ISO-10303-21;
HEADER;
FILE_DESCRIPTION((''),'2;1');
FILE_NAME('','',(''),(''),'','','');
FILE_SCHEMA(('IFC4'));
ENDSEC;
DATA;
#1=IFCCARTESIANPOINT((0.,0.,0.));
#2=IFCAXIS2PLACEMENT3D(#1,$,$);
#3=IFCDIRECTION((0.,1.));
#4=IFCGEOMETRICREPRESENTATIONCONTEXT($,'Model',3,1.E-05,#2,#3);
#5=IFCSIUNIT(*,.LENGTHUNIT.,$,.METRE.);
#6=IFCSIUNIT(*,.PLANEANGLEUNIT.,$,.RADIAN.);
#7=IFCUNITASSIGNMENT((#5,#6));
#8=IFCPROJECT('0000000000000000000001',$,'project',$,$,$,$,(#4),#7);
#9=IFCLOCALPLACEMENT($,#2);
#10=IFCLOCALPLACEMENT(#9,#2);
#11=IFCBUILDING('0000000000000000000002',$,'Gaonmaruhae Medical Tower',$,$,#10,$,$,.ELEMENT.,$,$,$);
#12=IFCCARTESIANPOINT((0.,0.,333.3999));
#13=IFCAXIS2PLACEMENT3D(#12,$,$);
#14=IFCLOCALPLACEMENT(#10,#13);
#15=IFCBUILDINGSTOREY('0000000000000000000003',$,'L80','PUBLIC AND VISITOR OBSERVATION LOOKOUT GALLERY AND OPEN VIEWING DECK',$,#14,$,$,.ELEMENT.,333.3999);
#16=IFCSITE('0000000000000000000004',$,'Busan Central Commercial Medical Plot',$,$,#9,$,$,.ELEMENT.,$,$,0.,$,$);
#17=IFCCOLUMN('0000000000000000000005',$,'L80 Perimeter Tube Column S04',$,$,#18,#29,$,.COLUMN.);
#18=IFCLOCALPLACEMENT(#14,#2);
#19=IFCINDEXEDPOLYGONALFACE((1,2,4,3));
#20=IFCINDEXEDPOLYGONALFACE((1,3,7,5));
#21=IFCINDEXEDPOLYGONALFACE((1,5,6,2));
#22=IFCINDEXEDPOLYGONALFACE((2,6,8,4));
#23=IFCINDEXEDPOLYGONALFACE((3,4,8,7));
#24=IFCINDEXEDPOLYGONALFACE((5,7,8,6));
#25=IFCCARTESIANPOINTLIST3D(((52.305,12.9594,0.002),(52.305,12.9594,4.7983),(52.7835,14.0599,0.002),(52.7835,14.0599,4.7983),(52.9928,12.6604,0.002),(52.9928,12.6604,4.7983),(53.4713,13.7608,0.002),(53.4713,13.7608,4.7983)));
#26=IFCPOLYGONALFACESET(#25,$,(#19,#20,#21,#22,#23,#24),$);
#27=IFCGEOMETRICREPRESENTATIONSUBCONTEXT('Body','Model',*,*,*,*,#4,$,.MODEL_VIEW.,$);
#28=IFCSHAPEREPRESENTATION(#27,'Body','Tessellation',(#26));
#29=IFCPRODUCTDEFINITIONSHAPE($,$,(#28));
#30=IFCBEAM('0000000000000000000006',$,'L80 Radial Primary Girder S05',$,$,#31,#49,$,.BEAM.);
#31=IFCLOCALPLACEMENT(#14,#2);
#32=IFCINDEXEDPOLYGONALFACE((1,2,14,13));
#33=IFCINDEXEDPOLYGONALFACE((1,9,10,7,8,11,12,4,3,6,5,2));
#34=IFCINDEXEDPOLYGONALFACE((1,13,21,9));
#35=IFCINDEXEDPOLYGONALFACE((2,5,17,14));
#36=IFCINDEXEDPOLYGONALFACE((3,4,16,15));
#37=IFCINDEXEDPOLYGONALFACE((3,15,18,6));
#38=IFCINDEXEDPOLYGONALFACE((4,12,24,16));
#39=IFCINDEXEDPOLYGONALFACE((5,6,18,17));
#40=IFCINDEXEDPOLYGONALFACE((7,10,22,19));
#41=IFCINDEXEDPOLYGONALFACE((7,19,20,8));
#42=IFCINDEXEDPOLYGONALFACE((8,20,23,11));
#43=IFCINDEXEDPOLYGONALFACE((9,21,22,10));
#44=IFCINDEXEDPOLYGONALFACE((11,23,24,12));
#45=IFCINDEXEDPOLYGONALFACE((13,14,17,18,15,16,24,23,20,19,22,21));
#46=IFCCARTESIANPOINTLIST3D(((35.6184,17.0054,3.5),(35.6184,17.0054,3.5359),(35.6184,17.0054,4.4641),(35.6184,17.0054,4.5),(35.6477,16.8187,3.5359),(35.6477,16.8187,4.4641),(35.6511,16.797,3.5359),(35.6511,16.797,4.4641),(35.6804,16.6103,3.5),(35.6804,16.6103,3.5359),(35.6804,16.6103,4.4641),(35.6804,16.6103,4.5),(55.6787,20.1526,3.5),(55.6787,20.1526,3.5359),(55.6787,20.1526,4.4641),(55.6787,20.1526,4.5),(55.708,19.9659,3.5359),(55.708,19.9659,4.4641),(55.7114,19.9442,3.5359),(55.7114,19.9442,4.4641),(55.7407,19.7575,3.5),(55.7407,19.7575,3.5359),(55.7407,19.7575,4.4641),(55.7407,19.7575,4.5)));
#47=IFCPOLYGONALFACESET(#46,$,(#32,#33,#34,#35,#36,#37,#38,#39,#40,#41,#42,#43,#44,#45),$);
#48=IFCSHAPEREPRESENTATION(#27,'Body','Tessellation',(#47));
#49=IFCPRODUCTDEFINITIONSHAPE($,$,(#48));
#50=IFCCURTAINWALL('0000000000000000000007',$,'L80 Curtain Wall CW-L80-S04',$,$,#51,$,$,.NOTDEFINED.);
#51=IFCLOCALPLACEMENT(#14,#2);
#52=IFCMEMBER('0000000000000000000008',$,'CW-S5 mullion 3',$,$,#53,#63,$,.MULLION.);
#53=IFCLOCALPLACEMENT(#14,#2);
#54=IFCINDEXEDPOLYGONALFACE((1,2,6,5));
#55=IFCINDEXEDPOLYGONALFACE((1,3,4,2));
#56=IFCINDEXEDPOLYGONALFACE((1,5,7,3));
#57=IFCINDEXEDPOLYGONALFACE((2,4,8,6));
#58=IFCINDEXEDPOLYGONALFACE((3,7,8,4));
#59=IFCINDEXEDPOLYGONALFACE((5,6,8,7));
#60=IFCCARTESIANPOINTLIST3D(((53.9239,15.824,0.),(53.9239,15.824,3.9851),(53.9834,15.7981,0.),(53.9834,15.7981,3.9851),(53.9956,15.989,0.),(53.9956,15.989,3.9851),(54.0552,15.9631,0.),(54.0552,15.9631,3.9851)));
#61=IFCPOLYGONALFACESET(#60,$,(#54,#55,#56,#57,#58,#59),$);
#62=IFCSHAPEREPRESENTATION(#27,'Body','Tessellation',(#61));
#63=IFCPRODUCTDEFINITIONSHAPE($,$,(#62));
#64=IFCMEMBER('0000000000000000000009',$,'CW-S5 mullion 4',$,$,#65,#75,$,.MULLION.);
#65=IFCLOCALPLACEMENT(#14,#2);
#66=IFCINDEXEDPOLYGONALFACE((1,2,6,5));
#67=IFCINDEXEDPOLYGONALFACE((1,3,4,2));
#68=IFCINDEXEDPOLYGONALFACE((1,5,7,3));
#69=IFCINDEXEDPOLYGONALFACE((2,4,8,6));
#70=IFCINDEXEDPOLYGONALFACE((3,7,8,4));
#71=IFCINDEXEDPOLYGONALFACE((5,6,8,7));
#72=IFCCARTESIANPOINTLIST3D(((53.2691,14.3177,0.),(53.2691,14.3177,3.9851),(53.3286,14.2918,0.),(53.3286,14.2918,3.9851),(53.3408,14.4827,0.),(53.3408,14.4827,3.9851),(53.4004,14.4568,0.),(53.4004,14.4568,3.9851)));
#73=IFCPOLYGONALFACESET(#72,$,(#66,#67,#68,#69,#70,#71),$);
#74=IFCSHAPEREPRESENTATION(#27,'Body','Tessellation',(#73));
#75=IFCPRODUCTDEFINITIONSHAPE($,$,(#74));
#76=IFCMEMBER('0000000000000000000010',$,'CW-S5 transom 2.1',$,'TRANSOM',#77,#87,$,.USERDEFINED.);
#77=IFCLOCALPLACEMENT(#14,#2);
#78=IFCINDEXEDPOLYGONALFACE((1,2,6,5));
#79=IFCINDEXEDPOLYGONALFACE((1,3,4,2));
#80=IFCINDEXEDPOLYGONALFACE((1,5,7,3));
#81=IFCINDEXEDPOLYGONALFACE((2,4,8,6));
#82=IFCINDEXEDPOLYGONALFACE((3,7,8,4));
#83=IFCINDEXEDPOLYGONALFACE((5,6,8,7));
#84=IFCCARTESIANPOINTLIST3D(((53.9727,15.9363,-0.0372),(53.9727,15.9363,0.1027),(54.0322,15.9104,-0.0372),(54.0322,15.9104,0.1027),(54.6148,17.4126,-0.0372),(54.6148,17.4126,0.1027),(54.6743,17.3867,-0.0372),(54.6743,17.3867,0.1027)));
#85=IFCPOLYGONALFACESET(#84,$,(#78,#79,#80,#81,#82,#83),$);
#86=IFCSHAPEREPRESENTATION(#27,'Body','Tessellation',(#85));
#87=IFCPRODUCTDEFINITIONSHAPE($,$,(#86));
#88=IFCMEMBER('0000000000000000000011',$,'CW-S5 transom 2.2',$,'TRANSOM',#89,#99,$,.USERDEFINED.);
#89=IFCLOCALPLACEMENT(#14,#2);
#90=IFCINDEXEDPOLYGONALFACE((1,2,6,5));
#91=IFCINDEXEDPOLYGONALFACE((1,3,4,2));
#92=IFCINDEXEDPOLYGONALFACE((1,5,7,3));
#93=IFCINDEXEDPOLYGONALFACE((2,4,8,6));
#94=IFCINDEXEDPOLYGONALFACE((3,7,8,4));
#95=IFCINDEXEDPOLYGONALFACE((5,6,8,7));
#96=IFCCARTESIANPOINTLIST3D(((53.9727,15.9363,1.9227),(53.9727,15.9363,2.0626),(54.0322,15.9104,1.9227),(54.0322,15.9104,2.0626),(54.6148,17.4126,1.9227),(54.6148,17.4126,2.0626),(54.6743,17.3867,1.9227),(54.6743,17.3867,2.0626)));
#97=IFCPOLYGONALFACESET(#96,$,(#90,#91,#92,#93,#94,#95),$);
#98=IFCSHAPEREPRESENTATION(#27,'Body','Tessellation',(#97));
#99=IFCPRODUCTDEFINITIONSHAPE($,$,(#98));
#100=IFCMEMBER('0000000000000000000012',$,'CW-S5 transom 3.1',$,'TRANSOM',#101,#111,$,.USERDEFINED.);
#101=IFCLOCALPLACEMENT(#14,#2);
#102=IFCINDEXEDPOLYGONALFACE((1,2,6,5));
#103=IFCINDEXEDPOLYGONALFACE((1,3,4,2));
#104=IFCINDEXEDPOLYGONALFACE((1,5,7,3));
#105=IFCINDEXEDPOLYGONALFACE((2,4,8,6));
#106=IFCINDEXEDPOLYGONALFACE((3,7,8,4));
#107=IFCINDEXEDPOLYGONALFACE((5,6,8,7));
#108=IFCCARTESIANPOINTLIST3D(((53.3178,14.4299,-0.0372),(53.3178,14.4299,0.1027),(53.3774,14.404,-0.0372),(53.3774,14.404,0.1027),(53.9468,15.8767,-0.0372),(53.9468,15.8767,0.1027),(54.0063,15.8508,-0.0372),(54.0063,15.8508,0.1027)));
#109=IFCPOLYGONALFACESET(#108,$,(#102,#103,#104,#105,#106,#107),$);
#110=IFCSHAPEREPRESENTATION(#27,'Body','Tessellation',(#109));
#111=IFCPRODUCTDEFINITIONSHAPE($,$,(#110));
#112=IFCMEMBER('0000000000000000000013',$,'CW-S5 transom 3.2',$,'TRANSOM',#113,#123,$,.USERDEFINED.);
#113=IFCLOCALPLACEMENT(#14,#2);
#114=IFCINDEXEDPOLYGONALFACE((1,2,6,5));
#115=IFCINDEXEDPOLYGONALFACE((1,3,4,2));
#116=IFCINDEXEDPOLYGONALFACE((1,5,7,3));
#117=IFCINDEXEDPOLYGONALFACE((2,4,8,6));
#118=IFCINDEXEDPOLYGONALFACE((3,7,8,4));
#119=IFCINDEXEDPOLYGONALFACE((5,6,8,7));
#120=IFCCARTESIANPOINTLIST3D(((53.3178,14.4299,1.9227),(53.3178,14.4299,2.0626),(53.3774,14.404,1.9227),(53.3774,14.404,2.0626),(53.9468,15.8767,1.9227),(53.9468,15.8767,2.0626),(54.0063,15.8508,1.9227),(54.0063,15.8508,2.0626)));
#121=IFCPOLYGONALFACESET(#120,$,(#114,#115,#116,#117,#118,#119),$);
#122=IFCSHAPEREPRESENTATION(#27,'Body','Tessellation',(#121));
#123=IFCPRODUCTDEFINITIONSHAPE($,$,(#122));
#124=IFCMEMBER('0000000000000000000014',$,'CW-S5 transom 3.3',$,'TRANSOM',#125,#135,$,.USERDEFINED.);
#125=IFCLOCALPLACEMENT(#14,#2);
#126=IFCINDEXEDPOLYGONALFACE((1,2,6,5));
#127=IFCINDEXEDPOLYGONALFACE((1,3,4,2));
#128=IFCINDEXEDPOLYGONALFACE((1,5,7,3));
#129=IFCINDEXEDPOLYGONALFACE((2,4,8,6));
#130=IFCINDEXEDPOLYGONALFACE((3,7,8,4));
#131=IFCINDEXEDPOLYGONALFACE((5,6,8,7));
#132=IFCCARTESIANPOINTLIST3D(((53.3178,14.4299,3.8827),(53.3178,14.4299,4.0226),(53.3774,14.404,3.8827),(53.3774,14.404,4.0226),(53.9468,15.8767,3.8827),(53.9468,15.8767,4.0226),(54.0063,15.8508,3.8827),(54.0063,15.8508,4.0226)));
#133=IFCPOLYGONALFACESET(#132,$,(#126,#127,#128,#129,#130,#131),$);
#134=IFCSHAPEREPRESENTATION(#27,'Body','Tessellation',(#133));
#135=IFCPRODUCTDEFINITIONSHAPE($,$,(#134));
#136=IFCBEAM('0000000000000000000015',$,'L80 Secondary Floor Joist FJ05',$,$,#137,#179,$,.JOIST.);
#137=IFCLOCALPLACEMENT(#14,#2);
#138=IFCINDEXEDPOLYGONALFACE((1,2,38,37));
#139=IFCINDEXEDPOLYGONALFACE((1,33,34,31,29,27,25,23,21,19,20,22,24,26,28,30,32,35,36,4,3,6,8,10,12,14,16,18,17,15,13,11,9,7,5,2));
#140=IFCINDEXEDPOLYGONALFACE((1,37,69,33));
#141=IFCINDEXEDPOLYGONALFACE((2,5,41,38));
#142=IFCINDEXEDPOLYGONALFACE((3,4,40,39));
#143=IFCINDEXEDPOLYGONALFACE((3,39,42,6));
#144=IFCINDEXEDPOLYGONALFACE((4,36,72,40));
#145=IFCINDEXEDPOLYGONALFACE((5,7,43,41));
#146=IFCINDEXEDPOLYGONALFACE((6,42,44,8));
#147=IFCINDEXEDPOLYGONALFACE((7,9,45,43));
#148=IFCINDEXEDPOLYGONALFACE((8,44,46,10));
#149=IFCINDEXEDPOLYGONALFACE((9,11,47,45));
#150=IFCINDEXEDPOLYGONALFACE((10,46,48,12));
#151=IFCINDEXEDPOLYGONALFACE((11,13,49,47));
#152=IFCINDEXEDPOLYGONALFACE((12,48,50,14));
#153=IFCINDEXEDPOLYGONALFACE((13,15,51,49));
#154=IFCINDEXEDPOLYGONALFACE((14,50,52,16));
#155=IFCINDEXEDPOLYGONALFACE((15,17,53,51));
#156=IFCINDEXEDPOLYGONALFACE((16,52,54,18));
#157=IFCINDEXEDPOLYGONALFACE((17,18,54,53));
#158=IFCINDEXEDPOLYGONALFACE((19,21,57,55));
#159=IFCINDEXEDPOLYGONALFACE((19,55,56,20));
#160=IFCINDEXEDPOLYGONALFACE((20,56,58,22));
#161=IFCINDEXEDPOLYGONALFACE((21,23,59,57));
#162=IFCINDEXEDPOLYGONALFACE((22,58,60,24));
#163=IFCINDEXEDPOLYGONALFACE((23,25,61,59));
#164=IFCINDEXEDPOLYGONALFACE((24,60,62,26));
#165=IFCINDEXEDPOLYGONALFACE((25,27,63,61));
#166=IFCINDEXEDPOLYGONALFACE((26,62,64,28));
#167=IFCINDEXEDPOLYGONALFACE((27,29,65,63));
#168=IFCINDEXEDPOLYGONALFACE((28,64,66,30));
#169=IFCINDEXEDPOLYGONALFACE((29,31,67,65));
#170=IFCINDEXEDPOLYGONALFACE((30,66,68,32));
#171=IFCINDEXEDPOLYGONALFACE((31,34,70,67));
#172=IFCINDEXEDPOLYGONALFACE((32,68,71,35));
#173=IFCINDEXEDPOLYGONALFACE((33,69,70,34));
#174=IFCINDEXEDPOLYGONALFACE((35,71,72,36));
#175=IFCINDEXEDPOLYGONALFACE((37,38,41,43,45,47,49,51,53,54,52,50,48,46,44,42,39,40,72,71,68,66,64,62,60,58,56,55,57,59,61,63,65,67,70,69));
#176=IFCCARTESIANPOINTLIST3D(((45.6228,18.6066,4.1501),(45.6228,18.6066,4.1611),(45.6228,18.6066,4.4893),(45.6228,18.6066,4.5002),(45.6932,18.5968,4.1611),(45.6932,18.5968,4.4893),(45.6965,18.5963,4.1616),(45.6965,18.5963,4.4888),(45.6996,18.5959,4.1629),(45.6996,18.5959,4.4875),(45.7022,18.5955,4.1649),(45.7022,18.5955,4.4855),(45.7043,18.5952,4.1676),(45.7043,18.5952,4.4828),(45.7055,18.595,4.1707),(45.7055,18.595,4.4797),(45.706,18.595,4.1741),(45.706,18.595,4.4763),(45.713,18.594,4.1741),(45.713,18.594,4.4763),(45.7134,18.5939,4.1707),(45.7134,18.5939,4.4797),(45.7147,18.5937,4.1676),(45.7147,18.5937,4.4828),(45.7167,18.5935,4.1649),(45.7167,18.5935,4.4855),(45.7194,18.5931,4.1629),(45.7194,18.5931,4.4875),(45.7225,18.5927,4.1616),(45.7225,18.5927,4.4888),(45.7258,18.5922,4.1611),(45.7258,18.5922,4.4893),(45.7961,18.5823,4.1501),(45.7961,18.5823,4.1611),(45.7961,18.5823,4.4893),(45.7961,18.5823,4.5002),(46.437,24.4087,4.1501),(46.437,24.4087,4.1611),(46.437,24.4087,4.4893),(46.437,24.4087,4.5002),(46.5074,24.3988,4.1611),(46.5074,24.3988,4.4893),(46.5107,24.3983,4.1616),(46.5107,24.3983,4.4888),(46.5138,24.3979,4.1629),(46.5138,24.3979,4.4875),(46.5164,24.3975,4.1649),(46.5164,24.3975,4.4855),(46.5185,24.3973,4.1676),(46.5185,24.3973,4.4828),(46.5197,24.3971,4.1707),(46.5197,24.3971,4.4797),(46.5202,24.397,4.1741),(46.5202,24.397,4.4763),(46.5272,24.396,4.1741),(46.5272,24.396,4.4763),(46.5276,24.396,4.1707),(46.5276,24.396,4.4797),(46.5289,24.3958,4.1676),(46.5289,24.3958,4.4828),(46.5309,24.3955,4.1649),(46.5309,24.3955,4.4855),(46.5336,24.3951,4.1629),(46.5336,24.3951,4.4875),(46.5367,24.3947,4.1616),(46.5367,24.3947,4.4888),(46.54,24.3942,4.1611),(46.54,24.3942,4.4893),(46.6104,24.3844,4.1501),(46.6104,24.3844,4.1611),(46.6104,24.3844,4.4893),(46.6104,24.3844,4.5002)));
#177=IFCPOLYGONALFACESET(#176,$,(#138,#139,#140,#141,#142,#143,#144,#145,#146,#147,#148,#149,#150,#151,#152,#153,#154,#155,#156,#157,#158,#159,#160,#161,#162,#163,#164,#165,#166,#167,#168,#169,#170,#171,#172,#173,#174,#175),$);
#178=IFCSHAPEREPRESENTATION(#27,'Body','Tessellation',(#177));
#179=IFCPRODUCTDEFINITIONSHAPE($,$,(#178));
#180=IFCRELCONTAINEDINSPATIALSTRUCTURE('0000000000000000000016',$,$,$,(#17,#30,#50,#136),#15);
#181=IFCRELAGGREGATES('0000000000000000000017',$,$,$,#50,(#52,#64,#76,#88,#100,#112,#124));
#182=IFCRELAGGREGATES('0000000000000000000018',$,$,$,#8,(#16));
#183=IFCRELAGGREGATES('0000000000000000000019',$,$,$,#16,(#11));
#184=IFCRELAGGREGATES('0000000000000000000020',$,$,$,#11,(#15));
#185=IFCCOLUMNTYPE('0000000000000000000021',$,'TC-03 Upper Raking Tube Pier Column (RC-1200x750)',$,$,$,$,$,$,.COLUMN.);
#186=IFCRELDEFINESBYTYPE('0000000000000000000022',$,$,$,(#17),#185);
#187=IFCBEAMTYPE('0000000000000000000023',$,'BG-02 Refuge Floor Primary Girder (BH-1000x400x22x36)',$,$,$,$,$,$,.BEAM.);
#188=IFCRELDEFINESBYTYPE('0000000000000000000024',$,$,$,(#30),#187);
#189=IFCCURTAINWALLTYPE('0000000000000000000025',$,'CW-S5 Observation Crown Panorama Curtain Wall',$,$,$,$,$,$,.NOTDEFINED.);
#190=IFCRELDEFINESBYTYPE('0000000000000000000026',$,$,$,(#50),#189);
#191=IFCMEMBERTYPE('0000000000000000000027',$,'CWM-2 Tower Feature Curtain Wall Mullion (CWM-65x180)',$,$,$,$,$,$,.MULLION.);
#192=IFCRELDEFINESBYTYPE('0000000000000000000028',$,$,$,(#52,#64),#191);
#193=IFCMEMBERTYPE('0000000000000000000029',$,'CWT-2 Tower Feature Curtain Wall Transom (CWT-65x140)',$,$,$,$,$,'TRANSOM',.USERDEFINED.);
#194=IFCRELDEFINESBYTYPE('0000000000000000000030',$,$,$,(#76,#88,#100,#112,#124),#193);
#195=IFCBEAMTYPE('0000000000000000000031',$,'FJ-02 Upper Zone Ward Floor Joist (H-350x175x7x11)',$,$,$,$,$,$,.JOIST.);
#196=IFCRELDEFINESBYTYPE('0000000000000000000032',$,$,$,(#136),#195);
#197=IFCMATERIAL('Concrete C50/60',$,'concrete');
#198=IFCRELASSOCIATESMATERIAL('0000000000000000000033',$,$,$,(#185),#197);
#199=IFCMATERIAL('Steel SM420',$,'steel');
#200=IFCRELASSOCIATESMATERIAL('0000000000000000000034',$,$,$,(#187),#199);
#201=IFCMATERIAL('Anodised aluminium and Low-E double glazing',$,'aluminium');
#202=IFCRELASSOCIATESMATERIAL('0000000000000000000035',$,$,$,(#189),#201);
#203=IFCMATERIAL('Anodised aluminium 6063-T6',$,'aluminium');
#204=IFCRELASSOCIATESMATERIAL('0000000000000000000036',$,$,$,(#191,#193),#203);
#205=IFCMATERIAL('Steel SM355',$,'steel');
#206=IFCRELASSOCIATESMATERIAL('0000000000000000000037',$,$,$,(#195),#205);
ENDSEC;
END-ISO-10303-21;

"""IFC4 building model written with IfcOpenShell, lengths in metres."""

from ifc_helpers import new_model, si_unit, direction, frame, origin, origin_2d, place, context, subcontext, project, spatial, rectangle, i_section, extrude, material, material_profile, profile_set, type_object, element, aggregate, save


model = new_model("IFC4")

# Units and contexts
model_context = context("Model", 3, precision=1e-05, world=origin(), true_north=direction((0.0, 1.0)))
body_context = subcontext(model_context, "Body", "Model", "MODEL_VIEW")
ifc_project = project(units=[si_unit("LENGTHUNIT", "METRE"), si_unit("PLANEANGLEUNIT", "RADIAN")], contexts=[model_context])

# Site, building, storey
site_placement = place(None, origin())
site = spatial("IfcSite", under=ifc_project, at=site_placement, Name="Busan Central Commercial Medical Plot", CompositionType="ELEMENT", RefElevation=0.0)
building_placement = place(site_placement, origin())
building = spatial("IfcBuilding", under=site, at=building_placement, Name="Gaonmaruhae Medical Tower", CompositionType="ELEMENT")
storey_placement = place(building_placement, frame((0.0, 0.0, 333.3999)))
storey = spatial("IfcBuildingStorey", under=building, at=storey_placement, Name="L80", Description="PUBLIC AND VISITOR OBSERVATION LOOKOUT GALLERY AND OPEN VIEWING DECK", CompositionType="ELEMENT", Elevation=333.3999)

# Column
ifc_material_1 = material(Name="Concrete C50/60", Category="concrete")
ifc_material_profile_1 = material_profile(ifc_material_1, rectangle(XDim=1.2, YDim=0.75, at=origin_2d()), Name="RC-1200x750")
ifc_profile_set_1 = profile_set([ifc_material_profile_1], Name="Concrete C50/60")
column_type = type_object("IfcColumnType", Name="TC-03 Upper Raking Tube Pier Column (RC-1200x750)", PredefinedType="COLUMN", material=ifc_profile_set_1)
column_placement = place(storey_placement, frame((52.8882, 13.3601, 0.002), z_axis=(0.0, 0.0, 1.0), x_axis=(0.398749, 0.91706, 0.0)))
element("IfcColumn", 1, at=column_placement, inside=storey, type_object=column_type, Name="L80 Perimeter Tube Column S04", PredefinedType="COLUMN", context=body_context, shape_type="SweptSolid", body=[
    extrude(rectangle(XDim=1.2, YDim=0.75, at=origin_2d()), origin(), (0.0, 0.0, 1.0), 4.7964),
])

# Beam
ifc_material_2 = material(Name="Steel SM420", Category="steel")
ifc_material_profile_2 = material_profile(ifc_material_2, i_section(OverallWidth=0.3999, OverallDepth=1.0, WebThickness=0.022, FlangeThickness=0.0359, at=origin_2d()), Name="BH-1000x400x22x36")
ifc_profile_set_2 = profile_set([ifc_material_profile_2], Name="Steel SM420")
beam_type_1 = type_object("IfcBeamType", Name="BG-02 Refuge Floor Primary Girder (BH-1000x400x22x36)", PredefinedType="BEAM", material=ifc_profile_set_2)
beam_1_placement = place(storey_placement, frame((35.6494, 16.8079, 4.0), z_axis=(0.987916, 0.154992, 0.0), x_axis=(-0.154992, 0.987916, 0.0)))
element("IfcBeam", 2, at=beam_1_placement, inside=storey, type_object=beam_type_1, Name="L80 Radial Primary Girder S05", PredefinedType="BEAM", context=body_context, shape_type="SweptSolid", body=[
    extrude(i_section(OverallWidth=0.3999, OverallDepth=1.0, WebThickness=0.022, FlangeThickness=0.0359, at=origin_2d()), origin(), (0.0, 0.0, 1.0), 20.3057),
])

# Curtain wall, members
ifc_material_3 = material(Name="Anodised aluminium and Low-E double glazing", Category="aluminium")
curtain_wall_type = type_object("IfcCurtainWallType", Name="CW-S5 Observation Crown Panorama Curtain Wall", PredefinedType="NOTDEFINED", material=ifc_material_3)
curtain_wall_placement = place(storey_placement, origin())
curtain_wall = element("IfcCurtainWall", 3, at=curtain_wall_placement, inside=storey, type_object=curtain_wall_type, Name="L80 Curtain Wall CW-L80-S04", PredefinedType="NOTDEFINED")
ifc_material_4 = material(Name="Anodised aluminium 6063-T6", Category="aluminium")
ifc_material_profile_3 = material_profile(ifc_material_4, rectangle(XDim=0.0649, YDim=0.1799, at=origin_2d()), Name="CWM-65x180")
ifc_profile_set_3 = profile_set([ifc_material_profile_3], Name="Anodised aluminium 6063-T6")
member_type_1 = type_object("IfcMemberType", Name="CWM-2 Tower Feature Curtain Wall Mullion (CWM-65x180)", PredefinedType="MULLION", material=ifc_profile_set_3)
member_1_placement = place(storey_placement, frame((53.9895, 15.8936, 0.0), z_axis=(0.0, 0.0, 1.0), x_axis=(0.91706, -0.398749, 0.0)))
member_1 = element("IfcMember", 4, at=member_1_placement, type_object=member_type_1, Name="CW-S5 mullion 3", PredefinedType="MULLION", context=body_context, shape_type="SweptSolid", body=[
    extrude(rectangle(XDim=0.0649, YDim=0.1799, at=origin_2d()), origin(), (0.0, 0.0, 1.0), 3.9851),
])
member_2_placement = place(storey_placement, frame((53.3347, 14.3872, 0.0), z_axis=(0.0, 0.0, 1.0), x_axis=(0.91706, -0.398749, 0.0)))
member_2 = element("IfcMember", 5, at=member_2_placement, type_object=member_type_1, Name="CW-S5 mullion 4", PredefinedType="MULLION", context=body_context, shape_type="SweptSolid", body=[
    extrude(rectangle(XDim=0.0649, YDim=0.1799, at=origin_2d()), origin(), (0.0, 0.0, 1.0), 3.9851),
])
ifc_material_profile_4 = material_profile(ifc_material_4, rectangle(XDim=0.0649, YDim=0.1399, at=origin_2d()), Name="CWT-65x140")
ifc_profile_set_4 = profile_set([ifc_material_profile_4], Name="Anodised aluminium 6063-T6")
member_type_2 = type_object("IfcMemberType", Name="CWT-2 Tower Feature Curtain Wall Transom (CWT-65x140)", ElementType="TRANSOM", PredefinedType="USERDEFINED", material=ifc_profile_set_4)
member_3_placement = place(storey_placement, frame((54.6445, 17.3997, 0.0327), z_axis=(-0.398837, -0.917022, 0.0), x_axis=(0.917022, -0.398837, 0.0)))
member_3 = element("IfcMember", 6, at=member_3_placement, type_object=member_type_2, Name="CW-S5 transom 2.1", ObjectType="TRANSOM", PredefinedType="USERDEFINED", context=body_context, shape_type="SweptSolid", body=[
    extrude(rectangle(XDim=0.0649, YDim=0.1399, at=origin_2d()), origin(), (0.0, 0.0, 1.0), 1.6099),
])
member_4_placement = place(storey_placement, frame((54.6445, 17.3997, 1.9927), z_axis=(-0.398837, -0.917022, 0.0), x_axis=(0.917022, -0.398837, 0.0)))
member_4 = element("IfcMember", 7, at=member_4_placement, type_object=member_type_2, Name="CW-S5 transom 2.2", ObjectType="TRANSOM", PredefinedType="USERDEFINED", context=body_context, shape_type="SweptSolid", body=[
    extrude(rectangle(XDim=0.0649, YDim=0.1399, at=origin_2d()), origin(), (0.0, 0.0, 1.0), 1.6099),
])
member_5_placement = place(storey_placement, frame((53.9766, 15.8638, 0.0327), z_axis=(-0.398658, -0.9171, 0.0), x_axis=(0.9171, -0.398658, 0.0)))
member_5 = element("IfcMember", 8, at=member_5_placement, type_object=member_type_2, Name="CW-S5 transom 3.1", ObjectType="TRANSOM", PredefinedType="USERDEFINED", context=body_context, shape_type="SweptSolid", body=[
    extrude(rectangle(XDim=0.0649, YDim=0.1399, at=origin_2d()), origin(), (0.0, 0.0, 1.0), 1.5776),
])
member_6_placement = place(storey_placement, frame((53.9766, 15.8638, 1.9927), z_axis=(-0.398658, -0.9171, 0.0), x_axis=(0.9171, -0.398658, 0.0)))
member_6 = element("IfcMember", 9, at=member_6_placement, type_object=member_type_2, Name="CW-S5 transom 3.2", ObjectType="TRANSOM", PredefinedType="USERDEFINED", context=body_context, shape_type="SweptSolid", body=[
    extrude(rectangle(XDim=0.0649, YDim=0.1399, at=origin_2d()), origin(), (0.0, 0.0, 1.0), 1.5776),
])
member_7_placement = place(storey_placement, frame((53.9766, 15.8638, 3.9526), z_axis=(-0.398658, -0.9171, 0.0), x_axis=(0.9171, -0.398658, 0.0)))
member_7 = element("IfcMember", 10, at=member_7_placement, type_object=member_type_2, Name="CW-S5 transom 3.3", ObjectType="TRANSOM", PredefinedType="USERDEFINED", context=body_context, shape_type="SweptSolid", body=[
    extrude(rectangle(XDim=0.0649, YDim=0.1399, at=origin_2d()), origin(), (0.0, 0.0, 1.0), 1.5776),
])

# Beam
ifc_material_5 = material(Name="Steel SM355", Category="steel")
ifc_material_profile_5 = material_profile(ifc_material_5, i_section(OverallWidth=0.175, OverallDepth=0.3501, WebThickness=0.0071, FlangeThickness=0.011, FilletRadius=0.0129, at=origin_2d()), Name="H-350x175x7x11")
ifc_profile_set_5 = profile_set([ifc_material_profile_5], Name="Steel SM355")
beam_type_2 = type_object("IfcBeamType", Name="FJ-02 Upper Zone Ward Floor Joist (H-350x175x7x11)", PredefinedType="JOIST", material=ifc_profile_set_5)
beam_2_placement = place(storey_placement, frame((45.7095, 18.5945, 4.3252), z_axis=(0.138971, 0.990296, 0.0), x_axis=(-0.990296, 0.138971, 0.0)))
element("IfcBeam", 11, at=beam_2_placement, inside=storey, type_object=beam_type_2, Name="L80 Secondary Floor Joist FJ05", PredefinedType="JOIST", context=body_context, shape_type="SweptSolid", body=[
    extrude(i_section(OverallWidth=0.175, OverallDepth=0.3501, WebThickness=0.0071, FlangeThickness=0.011, FilletRadius=0.0129, at=origin_2d()), origin(), (0.0, 0.0, 1.0), 5.8589),
])

aggregate(curtain_wall, [member_1, member_2, member_3, member_4, member_5, member_6, member_7])

save(model, "model.ifc")
